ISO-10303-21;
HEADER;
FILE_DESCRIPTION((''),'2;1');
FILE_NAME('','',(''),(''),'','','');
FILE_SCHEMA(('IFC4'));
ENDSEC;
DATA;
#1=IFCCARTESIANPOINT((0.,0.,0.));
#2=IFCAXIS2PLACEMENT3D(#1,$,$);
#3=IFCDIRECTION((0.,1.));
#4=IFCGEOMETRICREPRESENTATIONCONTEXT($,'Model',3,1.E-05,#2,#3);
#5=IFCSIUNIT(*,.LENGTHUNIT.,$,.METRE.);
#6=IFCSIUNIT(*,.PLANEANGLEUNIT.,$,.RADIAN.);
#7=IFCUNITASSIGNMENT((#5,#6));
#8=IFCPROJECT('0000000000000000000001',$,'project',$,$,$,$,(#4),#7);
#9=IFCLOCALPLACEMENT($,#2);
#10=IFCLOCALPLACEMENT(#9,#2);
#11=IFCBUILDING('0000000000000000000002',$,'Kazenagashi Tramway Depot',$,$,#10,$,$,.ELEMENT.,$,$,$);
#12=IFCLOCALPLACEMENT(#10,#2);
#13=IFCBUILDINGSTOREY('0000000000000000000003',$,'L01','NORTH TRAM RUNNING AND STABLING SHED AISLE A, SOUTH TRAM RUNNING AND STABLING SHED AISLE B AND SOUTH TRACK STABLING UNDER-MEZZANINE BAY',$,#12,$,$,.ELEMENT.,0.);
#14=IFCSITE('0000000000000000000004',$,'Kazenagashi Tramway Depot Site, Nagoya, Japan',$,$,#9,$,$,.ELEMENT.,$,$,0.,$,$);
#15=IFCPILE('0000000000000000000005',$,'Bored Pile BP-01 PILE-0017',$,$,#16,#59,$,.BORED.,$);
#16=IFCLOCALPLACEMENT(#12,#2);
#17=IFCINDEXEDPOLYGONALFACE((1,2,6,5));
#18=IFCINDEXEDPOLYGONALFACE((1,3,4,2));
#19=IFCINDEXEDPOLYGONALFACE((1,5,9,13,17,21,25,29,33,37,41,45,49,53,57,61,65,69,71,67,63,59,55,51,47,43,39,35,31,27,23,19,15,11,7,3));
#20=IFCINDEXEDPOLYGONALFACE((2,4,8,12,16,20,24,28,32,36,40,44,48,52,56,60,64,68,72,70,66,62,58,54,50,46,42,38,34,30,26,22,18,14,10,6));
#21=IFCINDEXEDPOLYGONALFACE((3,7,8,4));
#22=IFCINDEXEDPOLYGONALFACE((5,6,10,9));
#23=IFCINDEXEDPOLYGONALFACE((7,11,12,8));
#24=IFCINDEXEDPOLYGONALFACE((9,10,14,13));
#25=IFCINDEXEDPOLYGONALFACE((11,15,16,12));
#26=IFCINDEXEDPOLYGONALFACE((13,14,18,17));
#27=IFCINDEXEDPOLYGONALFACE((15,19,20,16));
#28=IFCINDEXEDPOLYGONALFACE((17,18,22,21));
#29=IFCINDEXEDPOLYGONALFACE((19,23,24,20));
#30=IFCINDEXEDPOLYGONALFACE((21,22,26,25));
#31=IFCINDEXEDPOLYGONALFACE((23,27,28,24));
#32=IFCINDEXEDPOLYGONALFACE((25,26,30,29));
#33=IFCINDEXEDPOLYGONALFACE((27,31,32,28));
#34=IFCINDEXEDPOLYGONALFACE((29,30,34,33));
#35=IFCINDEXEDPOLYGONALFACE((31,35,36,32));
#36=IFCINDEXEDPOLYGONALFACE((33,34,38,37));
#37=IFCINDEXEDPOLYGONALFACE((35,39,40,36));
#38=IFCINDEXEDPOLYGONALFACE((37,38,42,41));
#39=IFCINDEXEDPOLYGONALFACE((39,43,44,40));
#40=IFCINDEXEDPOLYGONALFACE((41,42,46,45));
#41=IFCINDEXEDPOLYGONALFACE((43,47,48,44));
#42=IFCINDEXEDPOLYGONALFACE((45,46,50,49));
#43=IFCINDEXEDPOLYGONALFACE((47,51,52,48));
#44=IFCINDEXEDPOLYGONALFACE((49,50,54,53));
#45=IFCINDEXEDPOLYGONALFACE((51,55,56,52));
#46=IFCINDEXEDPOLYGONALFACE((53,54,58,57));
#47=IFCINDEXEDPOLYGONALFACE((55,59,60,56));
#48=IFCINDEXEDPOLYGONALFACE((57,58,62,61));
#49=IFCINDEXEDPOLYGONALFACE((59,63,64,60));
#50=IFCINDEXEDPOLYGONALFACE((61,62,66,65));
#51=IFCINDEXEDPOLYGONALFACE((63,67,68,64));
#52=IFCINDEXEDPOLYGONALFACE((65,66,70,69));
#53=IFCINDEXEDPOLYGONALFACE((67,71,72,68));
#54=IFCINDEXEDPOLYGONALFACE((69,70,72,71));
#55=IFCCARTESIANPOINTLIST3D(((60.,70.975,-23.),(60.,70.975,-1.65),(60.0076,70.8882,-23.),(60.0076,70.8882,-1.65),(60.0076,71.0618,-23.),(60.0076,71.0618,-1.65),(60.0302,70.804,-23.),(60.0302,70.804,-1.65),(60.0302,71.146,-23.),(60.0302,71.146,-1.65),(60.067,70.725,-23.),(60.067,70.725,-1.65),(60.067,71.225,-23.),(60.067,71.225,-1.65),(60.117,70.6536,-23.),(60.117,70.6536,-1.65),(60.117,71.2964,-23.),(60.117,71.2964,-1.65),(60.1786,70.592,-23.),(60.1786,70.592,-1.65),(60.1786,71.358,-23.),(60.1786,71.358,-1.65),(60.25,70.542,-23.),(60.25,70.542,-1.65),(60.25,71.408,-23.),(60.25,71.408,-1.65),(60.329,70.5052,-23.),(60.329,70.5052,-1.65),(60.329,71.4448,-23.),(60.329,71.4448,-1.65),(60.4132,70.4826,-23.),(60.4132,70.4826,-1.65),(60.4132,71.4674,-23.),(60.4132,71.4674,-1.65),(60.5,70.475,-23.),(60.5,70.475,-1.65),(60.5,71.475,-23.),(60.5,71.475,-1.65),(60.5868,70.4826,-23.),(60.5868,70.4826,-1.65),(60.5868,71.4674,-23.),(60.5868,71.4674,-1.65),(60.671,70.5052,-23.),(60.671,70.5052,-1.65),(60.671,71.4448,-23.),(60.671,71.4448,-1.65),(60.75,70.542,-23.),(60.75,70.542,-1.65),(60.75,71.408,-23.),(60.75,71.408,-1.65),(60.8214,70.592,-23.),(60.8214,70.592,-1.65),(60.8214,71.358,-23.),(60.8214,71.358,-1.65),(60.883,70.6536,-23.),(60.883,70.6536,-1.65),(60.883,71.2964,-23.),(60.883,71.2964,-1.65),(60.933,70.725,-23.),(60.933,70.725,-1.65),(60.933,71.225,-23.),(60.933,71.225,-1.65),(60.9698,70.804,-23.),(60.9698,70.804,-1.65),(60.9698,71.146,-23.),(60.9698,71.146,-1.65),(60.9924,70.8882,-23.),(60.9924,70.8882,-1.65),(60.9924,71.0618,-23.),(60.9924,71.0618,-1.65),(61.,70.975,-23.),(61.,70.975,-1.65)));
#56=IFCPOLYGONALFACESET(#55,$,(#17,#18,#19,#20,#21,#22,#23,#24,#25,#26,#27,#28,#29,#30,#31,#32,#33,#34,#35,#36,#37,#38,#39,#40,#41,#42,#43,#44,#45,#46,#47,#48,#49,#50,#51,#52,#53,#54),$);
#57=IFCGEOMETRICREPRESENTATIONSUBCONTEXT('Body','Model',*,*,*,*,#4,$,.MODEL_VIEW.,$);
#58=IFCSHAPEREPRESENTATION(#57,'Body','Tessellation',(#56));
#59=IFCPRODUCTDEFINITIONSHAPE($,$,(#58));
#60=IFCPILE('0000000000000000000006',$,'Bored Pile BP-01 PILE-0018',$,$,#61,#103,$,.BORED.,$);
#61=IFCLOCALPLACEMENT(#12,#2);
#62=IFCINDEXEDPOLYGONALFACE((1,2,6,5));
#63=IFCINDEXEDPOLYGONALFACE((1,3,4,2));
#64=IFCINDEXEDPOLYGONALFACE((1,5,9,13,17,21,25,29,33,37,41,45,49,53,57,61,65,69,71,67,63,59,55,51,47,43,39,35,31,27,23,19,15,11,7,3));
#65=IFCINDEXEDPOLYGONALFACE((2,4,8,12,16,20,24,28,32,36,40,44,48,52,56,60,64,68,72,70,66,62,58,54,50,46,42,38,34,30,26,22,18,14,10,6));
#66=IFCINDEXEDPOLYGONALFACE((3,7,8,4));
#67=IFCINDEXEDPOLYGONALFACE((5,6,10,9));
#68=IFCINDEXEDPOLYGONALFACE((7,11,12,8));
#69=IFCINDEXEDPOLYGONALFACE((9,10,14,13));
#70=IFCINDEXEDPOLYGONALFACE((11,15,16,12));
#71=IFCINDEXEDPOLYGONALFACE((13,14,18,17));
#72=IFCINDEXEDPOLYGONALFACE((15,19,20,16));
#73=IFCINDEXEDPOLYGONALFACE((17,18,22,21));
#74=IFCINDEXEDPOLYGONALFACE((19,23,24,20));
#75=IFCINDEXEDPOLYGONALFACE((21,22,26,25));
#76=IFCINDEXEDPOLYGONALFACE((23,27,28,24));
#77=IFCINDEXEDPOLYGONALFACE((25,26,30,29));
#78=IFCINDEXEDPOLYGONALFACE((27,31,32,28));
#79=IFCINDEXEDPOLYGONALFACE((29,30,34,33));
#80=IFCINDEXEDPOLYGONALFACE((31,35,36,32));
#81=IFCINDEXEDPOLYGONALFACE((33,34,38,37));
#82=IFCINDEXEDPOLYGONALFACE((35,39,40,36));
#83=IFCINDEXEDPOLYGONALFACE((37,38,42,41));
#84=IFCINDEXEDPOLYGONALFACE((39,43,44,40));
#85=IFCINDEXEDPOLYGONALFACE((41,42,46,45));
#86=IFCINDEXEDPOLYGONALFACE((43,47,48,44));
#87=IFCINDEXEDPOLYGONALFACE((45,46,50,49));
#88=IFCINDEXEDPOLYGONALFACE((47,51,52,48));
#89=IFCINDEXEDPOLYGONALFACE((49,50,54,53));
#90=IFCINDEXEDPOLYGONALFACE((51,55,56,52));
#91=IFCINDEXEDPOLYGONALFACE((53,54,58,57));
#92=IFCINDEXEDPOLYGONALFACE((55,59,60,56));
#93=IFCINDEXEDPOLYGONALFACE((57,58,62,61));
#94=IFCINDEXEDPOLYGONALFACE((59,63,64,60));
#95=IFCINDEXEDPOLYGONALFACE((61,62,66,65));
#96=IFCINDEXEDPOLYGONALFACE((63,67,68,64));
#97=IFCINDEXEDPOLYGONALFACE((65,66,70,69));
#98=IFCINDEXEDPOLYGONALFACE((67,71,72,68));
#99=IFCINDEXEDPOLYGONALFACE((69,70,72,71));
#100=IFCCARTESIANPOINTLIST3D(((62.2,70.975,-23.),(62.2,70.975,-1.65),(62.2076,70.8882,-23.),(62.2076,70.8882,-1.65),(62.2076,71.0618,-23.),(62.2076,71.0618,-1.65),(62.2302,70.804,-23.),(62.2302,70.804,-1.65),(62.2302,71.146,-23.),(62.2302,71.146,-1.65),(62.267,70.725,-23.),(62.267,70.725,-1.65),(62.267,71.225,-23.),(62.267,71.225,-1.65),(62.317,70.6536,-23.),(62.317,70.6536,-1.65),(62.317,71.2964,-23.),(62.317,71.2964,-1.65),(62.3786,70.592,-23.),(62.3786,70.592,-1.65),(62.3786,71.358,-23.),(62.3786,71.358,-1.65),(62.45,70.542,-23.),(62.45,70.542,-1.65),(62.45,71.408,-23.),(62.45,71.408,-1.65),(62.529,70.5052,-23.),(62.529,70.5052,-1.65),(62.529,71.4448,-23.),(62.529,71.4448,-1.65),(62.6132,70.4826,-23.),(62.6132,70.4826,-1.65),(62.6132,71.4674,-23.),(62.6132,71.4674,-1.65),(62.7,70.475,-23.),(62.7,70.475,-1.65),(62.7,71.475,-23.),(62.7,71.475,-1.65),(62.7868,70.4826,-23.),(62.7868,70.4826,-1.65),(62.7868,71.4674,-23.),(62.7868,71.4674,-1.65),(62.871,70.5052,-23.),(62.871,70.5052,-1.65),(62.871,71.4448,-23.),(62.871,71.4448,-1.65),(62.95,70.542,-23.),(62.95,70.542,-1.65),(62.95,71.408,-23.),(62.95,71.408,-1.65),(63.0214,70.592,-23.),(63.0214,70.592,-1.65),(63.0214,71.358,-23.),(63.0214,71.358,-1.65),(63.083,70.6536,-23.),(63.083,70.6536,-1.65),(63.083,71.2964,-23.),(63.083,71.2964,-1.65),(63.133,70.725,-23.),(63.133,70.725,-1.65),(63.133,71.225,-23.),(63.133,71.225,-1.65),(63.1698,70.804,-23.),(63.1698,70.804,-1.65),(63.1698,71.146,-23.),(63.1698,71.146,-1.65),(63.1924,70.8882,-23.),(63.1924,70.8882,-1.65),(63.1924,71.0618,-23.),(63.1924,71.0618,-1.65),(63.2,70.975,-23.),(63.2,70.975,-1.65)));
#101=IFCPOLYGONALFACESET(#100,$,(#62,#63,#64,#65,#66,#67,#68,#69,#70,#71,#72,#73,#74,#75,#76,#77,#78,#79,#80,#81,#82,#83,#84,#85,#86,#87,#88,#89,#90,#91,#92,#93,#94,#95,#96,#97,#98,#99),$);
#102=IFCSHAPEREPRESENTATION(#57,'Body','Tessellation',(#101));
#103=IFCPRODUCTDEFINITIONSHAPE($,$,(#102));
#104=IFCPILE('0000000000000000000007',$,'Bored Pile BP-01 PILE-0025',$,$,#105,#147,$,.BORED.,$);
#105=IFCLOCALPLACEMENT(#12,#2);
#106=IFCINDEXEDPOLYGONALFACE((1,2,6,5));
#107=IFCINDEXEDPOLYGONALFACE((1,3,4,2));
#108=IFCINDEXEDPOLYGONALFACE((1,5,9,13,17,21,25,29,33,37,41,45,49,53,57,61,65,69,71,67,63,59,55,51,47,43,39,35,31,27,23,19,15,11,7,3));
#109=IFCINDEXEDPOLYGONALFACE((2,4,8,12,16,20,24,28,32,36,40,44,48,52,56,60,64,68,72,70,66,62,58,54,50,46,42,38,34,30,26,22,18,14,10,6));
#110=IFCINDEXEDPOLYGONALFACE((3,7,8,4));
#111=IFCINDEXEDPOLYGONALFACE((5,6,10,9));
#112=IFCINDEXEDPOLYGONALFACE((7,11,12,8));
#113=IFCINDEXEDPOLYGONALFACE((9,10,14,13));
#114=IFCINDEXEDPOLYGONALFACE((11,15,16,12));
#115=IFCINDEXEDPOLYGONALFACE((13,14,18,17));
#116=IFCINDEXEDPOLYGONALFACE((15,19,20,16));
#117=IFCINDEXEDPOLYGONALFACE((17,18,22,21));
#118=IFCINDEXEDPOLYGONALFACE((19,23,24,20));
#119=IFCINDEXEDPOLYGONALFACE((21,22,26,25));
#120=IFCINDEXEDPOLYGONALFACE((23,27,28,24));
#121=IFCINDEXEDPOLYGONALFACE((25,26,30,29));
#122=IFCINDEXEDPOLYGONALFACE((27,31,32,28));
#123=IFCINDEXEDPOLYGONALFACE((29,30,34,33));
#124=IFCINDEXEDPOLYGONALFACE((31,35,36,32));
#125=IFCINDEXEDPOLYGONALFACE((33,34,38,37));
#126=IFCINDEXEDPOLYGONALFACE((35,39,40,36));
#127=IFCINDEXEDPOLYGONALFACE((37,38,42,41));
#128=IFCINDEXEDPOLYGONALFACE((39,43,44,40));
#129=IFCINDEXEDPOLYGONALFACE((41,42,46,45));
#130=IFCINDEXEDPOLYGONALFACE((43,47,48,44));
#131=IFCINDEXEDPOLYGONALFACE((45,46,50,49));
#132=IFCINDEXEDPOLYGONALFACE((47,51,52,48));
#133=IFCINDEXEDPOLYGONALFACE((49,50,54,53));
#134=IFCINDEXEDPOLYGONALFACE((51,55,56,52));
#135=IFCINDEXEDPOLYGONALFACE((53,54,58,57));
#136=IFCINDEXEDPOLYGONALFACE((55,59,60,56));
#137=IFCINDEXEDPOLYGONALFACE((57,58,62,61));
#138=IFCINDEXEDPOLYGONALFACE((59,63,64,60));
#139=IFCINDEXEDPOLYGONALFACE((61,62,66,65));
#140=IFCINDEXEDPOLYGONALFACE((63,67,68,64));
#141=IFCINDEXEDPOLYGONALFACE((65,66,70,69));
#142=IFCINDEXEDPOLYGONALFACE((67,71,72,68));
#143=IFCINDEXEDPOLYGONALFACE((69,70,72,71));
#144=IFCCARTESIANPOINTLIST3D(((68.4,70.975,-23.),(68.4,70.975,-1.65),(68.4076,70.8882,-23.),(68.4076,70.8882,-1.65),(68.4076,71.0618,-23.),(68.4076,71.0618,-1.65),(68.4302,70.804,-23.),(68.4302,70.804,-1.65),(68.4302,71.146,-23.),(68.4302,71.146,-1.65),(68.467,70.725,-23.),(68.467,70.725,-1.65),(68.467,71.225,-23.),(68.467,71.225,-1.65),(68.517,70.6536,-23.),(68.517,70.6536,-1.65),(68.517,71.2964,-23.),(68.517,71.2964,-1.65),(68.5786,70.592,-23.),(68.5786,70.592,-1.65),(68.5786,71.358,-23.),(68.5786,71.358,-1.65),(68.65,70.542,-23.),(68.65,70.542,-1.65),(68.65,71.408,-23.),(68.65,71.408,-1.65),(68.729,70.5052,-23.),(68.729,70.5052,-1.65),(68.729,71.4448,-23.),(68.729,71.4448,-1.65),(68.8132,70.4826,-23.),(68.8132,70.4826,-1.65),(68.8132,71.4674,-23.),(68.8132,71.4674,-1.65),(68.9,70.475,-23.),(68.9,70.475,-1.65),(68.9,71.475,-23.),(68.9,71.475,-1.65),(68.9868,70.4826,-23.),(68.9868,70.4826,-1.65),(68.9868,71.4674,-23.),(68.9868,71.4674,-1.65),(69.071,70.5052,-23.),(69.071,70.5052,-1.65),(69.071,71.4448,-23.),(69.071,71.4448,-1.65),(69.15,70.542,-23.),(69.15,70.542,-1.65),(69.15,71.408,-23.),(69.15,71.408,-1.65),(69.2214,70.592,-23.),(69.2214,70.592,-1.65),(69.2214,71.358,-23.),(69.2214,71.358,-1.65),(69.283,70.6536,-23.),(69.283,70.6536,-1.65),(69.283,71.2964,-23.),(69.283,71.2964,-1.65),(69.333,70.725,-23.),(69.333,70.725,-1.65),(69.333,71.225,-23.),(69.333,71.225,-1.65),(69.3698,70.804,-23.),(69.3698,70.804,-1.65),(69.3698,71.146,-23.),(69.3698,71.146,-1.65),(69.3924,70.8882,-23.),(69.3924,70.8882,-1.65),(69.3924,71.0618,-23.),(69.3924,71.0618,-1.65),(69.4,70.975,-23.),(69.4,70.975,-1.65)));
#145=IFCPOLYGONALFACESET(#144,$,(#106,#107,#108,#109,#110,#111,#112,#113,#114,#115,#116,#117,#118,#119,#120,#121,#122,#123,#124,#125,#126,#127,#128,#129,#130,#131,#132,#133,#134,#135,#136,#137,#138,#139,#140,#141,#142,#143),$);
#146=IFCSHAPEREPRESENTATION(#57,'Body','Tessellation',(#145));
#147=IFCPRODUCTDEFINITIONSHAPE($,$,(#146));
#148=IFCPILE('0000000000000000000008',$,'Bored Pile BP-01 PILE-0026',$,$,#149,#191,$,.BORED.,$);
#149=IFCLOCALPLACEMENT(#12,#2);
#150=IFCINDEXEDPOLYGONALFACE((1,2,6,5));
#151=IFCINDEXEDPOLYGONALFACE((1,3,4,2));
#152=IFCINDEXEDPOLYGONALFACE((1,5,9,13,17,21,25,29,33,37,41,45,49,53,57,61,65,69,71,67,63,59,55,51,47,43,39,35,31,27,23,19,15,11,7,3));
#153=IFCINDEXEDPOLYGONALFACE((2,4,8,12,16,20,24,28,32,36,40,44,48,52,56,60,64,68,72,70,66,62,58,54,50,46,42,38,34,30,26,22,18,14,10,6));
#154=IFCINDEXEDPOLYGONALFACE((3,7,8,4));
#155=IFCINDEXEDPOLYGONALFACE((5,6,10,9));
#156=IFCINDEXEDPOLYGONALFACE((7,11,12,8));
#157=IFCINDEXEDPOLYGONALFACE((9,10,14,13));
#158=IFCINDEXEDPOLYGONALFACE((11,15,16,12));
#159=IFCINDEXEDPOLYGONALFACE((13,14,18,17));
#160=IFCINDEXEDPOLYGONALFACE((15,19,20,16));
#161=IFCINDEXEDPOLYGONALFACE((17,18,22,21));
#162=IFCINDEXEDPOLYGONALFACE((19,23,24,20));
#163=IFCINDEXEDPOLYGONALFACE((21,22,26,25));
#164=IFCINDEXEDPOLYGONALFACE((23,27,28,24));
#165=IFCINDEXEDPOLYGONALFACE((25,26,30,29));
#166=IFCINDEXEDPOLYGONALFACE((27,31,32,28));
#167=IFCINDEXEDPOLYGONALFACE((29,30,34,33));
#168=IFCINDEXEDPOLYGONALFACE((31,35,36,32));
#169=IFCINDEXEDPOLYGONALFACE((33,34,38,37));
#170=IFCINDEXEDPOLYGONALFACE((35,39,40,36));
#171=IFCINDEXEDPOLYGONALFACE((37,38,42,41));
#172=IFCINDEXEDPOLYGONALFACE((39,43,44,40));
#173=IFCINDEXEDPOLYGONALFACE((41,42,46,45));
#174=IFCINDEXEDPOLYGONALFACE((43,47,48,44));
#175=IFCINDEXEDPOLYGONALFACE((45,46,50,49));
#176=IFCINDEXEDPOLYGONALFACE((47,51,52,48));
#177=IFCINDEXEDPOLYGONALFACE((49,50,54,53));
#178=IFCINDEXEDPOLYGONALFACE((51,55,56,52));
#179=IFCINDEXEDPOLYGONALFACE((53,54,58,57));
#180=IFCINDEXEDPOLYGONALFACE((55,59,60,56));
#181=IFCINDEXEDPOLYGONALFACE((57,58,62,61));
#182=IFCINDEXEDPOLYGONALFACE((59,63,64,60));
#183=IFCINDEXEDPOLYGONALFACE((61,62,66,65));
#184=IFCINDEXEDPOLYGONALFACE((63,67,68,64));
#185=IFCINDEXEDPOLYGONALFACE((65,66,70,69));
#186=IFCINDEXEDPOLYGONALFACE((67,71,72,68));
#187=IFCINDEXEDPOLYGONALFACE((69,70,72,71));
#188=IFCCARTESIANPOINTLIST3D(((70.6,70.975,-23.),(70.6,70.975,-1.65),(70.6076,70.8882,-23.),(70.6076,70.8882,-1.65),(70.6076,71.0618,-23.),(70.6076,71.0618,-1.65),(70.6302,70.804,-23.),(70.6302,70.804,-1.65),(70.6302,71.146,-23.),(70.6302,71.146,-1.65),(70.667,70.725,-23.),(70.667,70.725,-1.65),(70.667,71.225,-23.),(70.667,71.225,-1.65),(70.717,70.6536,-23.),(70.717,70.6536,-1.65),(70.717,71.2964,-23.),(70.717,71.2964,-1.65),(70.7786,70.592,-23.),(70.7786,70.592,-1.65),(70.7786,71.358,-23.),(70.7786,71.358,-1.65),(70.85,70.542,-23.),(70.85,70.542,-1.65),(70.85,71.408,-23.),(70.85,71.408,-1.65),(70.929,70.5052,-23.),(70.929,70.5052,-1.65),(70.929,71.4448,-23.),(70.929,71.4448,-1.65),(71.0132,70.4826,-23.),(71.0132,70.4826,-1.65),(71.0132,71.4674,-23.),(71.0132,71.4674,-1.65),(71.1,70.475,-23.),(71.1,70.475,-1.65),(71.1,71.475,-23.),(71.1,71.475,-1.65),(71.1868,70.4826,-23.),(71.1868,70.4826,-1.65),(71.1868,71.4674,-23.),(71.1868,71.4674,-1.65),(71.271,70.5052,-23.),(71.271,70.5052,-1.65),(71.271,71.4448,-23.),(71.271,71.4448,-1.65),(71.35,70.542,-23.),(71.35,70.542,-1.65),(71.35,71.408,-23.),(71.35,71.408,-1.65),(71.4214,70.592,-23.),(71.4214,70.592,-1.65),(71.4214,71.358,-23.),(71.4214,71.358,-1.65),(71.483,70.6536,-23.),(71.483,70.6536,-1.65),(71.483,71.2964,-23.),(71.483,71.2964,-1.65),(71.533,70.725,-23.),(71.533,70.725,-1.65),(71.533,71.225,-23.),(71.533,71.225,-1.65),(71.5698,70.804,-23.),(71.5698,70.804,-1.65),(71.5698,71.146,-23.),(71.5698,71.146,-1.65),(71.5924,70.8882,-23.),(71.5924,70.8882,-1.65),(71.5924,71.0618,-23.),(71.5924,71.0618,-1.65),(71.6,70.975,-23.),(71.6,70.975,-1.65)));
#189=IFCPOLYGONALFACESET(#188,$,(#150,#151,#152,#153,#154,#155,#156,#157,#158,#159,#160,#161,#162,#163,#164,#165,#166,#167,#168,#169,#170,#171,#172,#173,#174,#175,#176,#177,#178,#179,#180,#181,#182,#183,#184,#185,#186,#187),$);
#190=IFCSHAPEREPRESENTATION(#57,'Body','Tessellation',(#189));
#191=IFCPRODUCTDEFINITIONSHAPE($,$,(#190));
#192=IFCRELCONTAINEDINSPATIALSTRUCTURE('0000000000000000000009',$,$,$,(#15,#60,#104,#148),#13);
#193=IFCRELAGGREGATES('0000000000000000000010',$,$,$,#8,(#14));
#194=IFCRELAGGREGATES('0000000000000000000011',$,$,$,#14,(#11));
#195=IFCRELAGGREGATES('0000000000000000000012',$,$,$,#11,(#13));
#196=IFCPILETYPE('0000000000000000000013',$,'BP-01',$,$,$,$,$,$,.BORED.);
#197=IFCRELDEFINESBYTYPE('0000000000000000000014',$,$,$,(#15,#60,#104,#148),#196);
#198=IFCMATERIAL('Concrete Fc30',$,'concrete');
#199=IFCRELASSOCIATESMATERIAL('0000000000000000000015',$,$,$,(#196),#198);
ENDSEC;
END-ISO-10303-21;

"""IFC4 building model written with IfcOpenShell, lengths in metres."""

from ifc_helpers import new_model, si_unit, direction, frame, origin, origin_2d, place, context, subcontext, project, spatial, circle, extrude, material, material_profile, profile_set, type_object, element, save


model = new_model("IFC4")

# Units and contexts
model_context = context("Model", 3, precision=1e-05, world=origin(), true_north=direction((0.0, 1.0)))
body_context = subcontext(model_context, "Body", "Model", "MODEL_VIEW")
ifc_project = project(units=[si_unit("LENGTHUNIT", "METRE"), si_unit("PLANEANGLEUNIT", "RADIAN")], contexts=[model_context])

# Site, building, storey
site_placement = place(None, origin())
site = spatial("IfcSite", under=ifc_project, at=site_placement, Name="Kazenagashi Tramway Depot Site, Nagoya, Japan", CompositionType="ELEMENT", RefElevation=0.0)
building_placement = place(site_placement, origin())
building = spatial("IfcBuilding", under=site, at=building_placement, Name="Kazenagashi Tramway Depot", CompositionType="ELEMENT")
storey_placement = place(building_placement, origin())
storey = spatial("IfcBuildingStorey", under=building, at=storey_placement, Name="L01", Description="NORTH TRAM RUNNING AND STABLING SHED AISLE A, SOUTH TRAM RUNNING AND STABLING SHED AISLE B AND SOUTH TRACK STABLING UNDER-MEZZANINE BAY", CompositionType="ELEMENT", Elevation=0.0)

# Piles
ifc_material_1 = material(Name="Concrete Fc30", Category="concrete")
ifc_material_profile_1 = material_profile(ifc_material_1, circle(Radius=0.5, at=origin_2d()), Name="PILE-1000")
ifc_profile_set_1 = profile_set([ifc_material_profile_1], Name="Concrete Fc30")
pile_type = type_object("IfcPileType", Name="BP-01", PredefinedType="BORED", material=ifc_profile_set_1)
for number, where, z_axis, x_axis, name in (
    (1, (60.5, 70.975, -1.65), (0.0, 0.0, -1.0), (1.0, 0.0, 0.0), "Bored Pile BP-01 PILE-0017"),
    (2, (62.7, 70.975, -1.65), (0.0, 0.0, -1.0), (1.0, 0.0, 0.0), "Bored Pile BP-01 PILE-0018"),
    (3, (68.9, 70.975, -1.65), (0.0, 0.0, -1.0), (1.0, 0.0, 0.0), "Bored Pile BP-01 PILE-0025"),
    (4, (71.1, 70.975, -1.65), (0.0, 0.0, -1.0), (1.0, 0.0, 0.0), "Bored Pile BP-01 PILE-0026"),
):
    element("IfcPile", number, at=place(storey_placement, frame(where, z_axis=z_axis, x_axis=x_axis)), inside=storey, type_object=pile_type, Name=name, PredefinedType="BORED", context=body_context, shape_type="SweptSolid", body=[
        extrude(circle(Radius=0.5, at=origin_2d()), origin(), (0.0, 0.0, 1.0), 21.35),
    ])

save(model, "model.ifc")
